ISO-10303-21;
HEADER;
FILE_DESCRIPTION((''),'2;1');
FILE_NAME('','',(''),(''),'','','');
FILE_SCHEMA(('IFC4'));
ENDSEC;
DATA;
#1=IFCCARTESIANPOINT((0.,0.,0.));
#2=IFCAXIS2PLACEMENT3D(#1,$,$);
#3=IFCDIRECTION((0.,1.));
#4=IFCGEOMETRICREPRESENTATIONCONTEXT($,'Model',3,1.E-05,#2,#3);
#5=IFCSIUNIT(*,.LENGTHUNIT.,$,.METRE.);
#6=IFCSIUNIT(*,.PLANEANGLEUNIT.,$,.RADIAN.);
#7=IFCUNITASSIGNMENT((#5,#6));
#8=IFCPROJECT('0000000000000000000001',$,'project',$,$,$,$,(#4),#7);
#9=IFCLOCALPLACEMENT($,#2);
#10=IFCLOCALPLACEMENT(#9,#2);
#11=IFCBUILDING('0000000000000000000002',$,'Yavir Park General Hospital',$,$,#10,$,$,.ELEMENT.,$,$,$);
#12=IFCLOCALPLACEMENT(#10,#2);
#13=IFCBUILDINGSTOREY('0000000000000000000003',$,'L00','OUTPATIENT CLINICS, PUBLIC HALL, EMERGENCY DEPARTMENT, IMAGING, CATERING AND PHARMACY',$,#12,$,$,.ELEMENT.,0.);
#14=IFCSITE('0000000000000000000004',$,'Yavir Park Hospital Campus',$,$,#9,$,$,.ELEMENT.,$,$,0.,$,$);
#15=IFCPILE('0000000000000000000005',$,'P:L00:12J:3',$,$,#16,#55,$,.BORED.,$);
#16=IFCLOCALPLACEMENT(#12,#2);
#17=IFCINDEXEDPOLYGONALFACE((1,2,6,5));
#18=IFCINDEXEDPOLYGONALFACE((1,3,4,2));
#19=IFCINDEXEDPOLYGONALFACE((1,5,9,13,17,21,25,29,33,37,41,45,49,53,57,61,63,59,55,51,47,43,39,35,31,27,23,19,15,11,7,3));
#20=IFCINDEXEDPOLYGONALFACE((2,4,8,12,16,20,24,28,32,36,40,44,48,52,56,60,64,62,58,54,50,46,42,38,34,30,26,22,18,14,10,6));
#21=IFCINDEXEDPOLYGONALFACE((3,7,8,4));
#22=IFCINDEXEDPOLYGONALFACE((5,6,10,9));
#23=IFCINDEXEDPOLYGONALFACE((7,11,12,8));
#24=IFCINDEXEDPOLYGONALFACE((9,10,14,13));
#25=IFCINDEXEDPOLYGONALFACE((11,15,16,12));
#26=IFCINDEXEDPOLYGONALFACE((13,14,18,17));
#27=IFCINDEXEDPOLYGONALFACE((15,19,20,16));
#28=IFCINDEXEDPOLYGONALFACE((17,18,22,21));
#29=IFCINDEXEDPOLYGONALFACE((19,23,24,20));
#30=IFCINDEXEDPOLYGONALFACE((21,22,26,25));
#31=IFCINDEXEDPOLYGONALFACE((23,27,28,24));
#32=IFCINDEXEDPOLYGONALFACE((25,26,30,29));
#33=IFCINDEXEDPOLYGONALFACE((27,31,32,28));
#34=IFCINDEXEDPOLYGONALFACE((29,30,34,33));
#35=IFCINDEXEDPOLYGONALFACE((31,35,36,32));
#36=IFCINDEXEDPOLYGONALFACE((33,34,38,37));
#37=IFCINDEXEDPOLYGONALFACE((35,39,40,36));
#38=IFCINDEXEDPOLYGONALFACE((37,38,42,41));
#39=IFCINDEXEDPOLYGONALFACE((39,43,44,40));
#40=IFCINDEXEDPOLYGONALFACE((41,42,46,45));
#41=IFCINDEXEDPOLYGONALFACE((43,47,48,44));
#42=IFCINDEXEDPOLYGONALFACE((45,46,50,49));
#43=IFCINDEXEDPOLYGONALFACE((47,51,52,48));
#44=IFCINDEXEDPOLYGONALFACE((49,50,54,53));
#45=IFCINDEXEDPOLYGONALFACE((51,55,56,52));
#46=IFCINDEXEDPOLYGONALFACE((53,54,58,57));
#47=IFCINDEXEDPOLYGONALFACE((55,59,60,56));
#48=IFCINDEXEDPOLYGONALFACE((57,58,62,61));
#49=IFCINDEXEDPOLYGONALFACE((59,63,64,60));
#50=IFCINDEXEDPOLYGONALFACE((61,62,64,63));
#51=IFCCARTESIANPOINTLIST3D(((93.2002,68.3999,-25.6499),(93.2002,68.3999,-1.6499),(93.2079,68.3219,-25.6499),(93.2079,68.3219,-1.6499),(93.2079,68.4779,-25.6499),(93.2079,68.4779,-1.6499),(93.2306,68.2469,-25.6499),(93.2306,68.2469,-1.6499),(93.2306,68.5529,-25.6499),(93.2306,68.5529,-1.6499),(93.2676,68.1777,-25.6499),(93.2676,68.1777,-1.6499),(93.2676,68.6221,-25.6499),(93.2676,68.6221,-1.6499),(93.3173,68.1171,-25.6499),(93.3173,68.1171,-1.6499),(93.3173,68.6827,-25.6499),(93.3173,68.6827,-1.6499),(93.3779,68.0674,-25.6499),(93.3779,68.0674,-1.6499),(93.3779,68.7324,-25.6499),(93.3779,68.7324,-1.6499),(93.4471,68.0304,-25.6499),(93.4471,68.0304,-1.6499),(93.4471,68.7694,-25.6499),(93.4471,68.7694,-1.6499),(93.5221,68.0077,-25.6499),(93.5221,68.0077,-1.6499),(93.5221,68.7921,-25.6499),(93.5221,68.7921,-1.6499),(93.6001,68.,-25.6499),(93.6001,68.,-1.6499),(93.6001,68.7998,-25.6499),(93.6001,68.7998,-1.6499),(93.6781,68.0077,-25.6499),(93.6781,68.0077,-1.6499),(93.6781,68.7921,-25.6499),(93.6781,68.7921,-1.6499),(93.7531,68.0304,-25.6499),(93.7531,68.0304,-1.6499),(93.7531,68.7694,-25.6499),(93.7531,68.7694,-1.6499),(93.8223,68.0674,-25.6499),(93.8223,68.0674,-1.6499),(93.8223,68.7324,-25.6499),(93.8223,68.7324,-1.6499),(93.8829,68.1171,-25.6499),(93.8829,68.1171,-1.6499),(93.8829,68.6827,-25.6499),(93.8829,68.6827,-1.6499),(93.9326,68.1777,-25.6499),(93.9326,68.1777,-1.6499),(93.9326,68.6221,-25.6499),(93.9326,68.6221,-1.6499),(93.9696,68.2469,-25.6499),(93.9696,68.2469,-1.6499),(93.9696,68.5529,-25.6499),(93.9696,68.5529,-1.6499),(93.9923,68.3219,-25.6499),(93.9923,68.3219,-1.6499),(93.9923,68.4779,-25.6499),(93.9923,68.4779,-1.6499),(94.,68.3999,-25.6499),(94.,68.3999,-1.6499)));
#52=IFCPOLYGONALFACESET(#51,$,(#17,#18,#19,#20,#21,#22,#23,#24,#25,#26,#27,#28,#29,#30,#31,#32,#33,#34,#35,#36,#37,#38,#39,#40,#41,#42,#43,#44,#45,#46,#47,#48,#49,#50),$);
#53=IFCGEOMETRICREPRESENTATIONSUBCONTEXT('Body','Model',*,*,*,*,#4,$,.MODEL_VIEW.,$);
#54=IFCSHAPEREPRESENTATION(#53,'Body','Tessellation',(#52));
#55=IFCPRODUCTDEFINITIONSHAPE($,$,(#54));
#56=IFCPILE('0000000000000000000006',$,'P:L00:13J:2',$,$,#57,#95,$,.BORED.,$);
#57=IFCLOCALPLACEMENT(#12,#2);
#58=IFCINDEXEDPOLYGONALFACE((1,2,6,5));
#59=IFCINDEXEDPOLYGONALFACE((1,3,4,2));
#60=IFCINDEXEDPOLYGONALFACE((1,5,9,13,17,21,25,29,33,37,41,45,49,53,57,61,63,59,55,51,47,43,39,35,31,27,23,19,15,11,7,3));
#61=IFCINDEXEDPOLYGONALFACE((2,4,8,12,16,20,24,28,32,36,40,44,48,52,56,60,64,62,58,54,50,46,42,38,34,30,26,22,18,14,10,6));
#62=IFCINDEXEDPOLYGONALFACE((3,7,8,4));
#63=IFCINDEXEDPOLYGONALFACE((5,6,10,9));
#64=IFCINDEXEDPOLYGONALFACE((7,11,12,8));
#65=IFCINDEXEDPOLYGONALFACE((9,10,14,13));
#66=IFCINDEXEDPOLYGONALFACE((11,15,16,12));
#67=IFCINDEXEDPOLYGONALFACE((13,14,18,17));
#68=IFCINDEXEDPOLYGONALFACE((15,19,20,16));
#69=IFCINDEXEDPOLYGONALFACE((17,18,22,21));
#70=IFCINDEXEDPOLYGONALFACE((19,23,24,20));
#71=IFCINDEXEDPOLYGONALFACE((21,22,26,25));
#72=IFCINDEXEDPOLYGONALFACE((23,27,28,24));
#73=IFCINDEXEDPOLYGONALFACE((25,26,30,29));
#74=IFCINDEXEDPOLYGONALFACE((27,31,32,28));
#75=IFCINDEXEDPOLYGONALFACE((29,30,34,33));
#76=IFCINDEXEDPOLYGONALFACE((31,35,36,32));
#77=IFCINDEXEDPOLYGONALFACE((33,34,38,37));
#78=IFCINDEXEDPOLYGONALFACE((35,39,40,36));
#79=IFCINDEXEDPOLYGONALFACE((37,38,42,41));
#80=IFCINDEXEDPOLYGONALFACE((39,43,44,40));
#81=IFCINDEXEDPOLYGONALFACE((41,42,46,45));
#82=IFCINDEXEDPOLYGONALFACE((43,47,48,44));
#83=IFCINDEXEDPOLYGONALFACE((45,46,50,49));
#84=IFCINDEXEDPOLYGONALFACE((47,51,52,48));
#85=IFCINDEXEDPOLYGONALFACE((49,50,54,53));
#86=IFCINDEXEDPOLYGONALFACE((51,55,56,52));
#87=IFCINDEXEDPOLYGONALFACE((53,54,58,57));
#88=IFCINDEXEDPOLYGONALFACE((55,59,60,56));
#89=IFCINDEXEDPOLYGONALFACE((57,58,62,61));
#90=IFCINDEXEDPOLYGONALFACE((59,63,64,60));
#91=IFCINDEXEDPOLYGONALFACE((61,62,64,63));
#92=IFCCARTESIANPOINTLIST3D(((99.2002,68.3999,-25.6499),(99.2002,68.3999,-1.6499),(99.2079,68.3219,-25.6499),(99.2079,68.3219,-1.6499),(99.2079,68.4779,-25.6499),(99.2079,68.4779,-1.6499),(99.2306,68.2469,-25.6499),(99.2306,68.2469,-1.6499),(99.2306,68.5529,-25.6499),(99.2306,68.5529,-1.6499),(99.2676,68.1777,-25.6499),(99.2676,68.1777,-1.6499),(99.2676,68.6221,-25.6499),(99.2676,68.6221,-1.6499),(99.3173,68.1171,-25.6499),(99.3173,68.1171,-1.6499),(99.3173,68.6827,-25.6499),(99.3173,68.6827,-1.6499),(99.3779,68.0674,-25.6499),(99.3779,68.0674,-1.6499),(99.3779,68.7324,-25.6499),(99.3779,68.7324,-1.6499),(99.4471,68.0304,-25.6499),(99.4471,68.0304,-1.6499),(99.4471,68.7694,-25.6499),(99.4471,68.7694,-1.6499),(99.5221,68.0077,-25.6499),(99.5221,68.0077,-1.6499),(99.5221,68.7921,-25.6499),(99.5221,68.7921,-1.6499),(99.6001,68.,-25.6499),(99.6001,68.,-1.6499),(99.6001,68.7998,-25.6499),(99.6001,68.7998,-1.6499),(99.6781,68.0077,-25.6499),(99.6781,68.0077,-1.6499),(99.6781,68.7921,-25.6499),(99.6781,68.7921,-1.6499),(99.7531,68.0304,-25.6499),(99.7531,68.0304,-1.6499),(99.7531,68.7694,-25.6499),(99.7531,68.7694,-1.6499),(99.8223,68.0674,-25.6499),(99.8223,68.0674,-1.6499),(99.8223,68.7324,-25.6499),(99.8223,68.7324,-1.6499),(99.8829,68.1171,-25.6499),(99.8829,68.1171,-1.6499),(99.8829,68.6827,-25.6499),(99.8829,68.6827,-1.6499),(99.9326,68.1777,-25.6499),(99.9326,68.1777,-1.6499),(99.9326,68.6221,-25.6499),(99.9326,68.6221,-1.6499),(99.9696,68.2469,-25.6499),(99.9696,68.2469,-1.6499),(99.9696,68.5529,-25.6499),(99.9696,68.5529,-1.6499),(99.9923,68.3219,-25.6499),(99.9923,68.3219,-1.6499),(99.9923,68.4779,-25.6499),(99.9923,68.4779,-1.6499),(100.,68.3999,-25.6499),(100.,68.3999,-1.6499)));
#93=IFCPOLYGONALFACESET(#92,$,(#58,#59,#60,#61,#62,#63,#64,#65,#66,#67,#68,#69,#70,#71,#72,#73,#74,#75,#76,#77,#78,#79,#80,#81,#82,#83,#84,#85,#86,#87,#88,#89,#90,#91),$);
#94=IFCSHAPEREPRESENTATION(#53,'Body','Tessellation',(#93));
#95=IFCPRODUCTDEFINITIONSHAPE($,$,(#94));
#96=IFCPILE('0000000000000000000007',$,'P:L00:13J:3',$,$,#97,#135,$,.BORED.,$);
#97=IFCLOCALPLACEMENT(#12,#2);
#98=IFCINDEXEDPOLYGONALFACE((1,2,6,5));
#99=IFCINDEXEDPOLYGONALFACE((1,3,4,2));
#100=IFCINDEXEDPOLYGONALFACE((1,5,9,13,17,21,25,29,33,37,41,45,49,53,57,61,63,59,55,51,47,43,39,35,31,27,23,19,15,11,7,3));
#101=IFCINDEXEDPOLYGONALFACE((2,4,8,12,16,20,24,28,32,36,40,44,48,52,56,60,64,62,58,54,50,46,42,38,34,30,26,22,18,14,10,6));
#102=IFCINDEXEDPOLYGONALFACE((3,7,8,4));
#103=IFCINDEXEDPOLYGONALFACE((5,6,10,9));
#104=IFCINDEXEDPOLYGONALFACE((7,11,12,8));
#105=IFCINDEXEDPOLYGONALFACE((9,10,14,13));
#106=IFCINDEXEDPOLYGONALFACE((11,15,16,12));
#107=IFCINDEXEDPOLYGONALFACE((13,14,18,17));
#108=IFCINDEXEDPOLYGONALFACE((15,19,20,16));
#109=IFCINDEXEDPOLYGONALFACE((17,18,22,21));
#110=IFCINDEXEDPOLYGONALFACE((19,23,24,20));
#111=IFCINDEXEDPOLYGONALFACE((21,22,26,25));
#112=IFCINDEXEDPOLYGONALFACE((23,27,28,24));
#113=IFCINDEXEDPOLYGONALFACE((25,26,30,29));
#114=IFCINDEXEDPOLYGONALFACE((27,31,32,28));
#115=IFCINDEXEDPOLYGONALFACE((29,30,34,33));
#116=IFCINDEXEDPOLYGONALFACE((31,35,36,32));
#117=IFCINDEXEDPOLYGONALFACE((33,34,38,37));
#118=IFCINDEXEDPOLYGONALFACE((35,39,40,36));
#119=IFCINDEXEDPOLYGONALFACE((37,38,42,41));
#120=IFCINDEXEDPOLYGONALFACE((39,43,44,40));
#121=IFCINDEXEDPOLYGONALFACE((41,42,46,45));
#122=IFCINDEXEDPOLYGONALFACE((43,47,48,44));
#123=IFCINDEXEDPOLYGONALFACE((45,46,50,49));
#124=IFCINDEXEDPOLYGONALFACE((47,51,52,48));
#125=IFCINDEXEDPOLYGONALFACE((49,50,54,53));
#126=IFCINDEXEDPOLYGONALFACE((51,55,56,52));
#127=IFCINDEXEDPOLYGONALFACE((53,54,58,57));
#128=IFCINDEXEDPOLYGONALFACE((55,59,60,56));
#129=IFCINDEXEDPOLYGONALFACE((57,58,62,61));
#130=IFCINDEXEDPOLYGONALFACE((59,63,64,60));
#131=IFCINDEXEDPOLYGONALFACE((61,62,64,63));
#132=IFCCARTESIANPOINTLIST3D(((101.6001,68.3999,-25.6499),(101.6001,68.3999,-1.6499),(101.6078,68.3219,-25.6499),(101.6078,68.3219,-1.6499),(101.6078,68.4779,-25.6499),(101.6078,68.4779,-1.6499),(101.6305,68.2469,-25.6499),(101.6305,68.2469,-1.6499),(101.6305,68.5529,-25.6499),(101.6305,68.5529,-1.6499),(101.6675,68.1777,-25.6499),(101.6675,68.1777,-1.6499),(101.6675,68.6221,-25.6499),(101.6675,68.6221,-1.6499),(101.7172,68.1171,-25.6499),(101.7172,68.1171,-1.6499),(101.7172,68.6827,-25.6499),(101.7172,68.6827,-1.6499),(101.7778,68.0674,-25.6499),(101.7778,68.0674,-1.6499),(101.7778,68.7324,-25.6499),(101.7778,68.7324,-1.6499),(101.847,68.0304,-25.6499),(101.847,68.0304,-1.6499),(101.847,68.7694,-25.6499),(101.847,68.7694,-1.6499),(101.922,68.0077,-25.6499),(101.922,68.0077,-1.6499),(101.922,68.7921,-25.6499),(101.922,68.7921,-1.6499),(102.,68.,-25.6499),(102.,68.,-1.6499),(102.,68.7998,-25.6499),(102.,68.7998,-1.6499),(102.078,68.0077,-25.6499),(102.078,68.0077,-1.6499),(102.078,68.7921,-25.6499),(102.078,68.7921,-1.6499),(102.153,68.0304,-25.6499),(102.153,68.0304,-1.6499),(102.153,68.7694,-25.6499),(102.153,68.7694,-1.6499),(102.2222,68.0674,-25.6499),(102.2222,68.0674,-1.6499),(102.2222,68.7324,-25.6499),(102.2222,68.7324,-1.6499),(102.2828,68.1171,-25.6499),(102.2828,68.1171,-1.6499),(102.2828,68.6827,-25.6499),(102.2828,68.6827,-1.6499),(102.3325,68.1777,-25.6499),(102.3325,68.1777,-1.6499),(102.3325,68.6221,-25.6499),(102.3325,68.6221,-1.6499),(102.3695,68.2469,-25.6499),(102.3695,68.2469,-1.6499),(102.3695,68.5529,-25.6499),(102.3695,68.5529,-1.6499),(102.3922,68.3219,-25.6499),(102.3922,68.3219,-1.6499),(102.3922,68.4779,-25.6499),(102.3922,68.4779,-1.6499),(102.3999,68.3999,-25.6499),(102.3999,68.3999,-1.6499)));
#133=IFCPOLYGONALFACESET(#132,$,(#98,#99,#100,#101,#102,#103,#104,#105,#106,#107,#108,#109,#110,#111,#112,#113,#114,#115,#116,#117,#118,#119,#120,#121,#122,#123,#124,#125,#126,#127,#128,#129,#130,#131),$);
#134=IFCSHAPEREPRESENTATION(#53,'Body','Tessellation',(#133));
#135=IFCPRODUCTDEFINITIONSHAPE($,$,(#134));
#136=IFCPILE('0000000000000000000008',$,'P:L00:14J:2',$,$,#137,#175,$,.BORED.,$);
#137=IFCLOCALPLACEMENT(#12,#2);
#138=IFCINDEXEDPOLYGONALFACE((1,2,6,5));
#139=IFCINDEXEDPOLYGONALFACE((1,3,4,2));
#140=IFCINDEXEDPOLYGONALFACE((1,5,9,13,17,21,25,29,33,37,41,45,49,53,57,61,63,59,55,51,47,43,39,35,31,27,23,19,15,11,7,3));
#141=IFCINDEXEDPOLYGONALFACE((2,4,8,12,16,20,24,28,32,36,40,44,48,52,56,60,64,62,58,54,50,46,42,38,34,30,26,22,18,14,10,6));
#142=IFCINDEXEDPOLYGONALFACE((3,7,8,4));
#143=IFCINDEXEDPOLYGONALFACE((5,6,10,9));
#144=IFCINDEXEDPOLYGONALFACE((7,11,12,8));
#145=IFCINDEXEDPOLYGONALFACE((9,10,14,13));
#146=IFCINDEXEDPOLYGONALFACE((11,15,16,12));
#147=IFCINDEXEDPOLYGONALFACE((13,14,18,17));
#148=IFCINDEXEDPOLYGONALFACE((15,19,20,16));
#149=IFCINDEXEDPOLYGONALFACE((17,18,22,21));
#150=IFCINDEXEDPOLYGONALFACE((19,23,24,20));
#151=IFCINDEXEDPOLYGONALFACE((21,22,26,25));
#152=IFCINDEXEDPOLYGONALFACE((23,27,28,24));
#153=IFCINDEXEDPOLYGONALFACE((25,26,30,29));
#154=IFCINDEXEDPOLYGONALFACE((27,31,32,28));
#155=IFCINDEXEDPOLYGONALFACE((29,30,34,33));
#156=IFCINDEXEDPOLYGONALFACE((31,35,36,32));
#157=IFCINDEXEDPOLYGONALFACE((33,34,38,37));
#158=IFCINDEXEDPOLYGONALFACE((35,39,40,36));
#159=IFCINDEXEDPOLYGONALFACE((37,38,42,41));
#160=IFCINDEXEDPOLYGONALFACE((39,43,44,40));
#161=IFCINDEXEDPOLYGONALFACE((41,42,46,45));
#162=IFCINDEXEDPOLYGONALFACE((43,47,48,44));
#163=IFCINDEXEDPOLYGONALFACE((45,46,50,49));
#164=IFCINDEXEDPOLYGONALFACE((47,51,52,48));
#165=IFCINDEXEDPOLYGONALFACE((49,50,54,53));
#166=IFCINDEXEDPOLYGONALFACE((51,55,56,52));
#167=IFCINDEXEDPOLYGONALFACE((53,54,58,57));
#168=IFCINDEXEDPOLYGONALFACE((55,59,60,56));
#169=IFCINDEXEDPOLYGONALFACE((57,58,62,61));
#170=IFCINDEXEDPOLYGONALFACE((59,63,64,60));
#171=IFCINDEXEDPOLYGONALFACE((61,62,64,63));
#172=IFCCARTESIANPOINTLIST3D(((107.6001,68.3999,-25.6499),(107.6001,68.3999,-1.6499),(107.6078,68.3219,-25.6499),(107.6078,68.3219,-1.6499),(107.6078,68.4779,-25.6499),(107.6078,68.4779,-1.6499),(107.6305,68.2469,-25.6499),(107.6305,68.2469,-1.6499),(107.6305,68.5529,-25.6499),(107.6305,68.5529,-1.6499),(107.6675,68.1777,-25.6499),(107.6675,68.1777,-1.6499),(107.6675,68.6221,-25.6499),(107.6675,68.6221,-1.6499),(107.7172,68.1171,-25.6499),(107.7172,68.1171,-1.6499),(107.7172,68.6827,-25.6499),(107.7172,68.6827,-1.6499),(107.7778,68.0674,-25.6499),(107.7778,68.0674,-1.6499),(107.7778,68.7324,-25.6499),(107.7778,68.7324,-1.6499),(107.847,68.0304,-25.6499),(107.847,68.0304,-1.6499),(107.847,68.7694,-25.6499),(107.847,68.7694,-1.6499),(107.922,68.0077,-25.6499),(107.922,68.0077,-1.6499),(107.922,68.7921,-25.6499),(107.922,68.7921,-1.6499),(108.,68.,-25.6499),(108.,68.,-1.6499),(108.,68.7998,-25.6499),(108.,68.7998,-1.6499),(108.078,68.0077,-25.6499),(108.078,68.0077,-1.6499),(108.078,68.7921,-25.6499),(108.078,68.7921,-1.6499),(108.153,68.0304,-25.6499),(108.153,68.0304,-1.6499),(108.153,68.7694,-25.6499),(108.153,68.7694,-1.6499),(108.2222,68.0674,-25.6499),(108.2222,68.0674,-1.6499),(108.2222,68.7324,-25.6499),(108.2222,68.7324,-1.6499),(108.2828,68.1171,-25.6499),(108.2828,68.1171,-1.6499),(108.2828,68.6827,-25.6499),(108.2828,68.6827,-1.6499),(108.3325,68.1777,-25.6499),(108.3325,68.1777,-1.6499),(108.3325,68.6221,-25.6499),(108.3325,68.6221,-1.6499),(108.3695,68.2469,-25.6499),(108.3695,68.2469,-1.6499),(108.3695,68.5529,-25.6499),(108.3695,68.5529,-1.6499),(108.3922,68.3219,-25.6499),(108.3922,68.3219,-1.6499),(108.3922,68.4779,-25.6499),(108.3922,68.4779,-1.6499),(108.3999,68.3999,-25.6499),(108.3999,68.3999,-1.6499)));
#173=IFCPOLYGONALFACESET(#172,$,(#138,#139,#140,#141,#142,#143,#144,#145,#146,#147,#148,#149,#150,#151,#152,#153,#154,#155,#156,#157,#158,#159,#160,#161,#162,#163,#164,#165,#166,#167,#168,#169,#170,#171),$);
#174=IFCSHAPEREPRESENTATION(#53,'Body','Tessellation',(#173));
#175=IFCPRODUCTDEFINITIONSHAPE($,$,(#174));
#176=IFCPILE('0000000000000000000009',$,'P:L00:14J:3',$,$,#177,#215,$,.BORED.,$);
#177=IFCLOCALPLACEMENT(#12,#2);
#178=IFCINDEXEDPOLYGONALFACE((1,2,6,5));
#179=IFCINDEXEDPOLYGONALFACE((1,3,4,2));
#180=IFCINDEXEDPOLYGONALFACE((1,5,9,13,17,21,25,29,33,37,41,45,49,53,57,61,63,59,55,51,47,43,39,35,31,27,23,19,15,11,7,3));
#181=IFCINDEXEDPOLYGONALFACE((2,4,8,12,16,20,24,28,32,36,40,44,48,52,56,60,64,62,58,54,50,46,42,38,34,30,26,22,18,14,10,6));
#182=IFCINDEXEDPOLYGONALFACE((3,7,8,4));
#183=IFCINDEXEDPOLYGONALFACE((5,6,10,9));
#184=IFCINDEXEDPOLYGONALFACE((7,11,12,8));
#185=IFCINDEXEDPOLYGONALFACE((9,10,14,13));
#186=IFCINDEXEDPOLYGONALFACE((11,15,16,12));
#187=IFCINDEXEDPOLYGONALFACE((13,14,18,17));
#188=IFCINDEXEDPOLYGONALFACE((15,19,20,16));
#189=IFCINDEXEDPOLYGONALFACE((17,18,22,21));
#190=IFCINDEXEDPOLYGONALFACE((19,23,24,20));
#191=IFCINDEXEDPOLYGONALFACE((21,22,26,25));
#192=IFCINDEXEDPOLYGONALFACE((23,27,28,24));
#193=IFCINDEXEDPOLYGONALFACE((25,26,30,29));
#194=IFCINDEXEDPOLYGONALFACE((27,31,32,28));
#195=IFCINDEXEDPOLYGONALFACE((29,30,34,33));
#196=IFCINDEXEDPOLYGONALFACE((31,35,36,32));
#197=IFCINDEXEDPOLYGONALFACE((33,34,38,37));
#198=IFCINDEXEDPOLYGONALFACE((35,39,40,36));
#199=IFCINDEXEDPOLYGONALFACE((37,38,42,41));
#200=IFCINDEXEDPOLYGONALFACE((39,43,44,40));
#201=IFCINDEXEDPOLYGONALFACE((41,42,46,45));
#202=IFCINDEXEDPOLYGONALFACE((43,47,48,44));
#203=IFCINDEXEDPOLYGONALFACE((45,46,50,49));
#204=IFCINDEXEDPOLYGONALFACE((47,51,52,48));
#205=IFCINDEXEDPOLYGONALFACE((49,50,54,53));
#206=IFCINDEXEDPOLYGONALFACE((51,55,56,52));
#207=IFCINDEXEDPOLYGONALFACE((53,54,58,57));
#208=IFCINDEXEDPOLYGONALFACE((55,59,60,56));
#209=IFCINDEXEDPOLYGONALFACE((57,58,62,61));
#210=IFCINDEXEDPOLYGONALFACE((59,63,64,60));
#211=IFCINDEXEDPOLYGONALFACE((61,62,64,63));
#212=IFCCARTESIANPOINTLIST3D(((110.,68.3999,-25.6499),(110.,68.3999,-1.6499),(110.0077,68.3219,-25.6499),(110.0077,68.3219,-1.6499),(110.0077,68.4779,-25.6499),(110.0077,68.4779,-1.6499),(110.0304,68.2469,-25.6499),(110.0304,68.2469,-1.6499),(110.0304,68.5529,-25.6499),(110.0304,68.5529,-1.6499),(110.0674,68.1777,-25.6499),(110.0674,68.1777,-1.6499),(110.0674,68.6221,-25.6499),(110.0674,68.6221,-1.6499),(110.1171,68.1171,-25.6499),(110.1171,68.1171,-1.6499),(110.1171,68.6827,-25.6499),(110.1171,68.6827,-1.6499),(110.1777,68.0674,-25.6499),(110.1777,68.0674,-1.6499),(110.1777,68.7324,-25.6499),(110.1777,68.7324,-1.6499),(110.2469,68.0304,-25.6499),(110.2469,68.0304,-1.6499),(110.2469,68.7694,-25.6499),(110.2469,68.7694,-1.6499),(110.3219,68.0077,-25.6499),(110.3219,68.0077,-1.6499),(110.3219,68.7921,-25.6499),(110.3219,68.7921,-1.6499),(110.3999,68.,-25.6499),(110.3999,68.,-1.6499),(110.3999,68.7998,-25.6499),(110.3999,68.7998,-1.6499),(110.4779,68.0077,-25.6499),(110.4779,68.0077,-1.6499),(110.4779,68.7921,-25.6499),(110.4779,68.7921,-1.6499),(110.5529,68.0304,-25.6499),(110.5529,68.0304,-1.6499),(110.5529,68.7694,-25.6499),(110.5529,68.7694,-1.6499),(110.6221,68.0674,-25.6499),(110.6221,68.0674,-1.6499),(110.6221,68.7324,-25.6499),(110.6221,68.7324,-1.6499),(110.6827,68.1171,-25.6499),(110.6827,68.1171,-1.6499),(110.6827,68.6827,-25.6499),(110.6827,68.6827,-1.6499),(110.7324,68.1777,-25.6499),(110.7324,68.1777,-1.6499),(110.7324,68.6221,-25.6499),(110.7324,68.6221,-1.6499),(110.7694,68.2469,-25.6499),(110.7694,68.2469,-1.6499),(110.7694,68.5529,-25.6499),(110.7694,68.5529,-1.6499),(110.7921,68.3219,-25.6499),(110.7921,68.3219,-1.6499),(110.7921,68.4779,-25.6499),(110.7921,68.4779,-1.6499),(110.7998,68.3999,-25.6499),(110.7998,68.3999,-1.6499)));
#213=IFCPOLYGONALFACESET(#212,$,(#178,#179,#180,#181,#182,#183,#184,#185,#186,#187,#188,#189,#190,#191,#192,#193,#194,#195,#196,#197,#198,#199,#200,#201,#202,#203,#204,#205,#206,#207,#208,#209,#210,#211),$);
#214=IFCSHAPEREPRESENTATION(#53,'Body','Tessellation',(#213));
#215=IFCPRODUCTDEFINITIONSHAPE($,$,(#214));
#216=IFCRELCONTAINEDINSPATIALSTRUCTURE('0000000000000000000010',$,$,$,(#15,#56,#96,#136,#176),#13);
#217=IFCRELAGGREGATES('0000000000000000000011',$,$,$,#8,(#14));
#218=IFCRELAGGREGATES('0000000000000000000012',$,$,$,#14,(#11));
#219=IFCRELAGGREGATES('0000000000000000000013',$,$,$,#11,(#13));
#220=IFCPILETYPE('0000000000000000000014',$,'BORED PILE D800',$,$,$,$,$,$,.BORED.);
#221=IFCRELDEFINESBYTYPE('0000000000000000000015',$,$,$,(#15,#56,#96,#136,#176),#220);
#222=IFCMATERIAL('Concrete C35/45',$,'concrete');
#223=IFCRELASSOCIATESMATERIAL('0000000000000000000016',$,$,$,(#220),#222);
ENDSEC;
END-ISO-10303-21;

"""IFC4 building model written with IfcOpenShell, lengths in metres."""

from ifc_helpers import new_model, si_unit, direction, frame, origin, origin_2d, place, context, subcontext, project, spatial, circle, extrude, material, material_profile, profile_set, type_object, element, save


model = new_model("IFC4")

# Units and contexts
model_context = context("Model", 3, precision=1e-05, world=origin(), true_north=direction((0.0, 1.0)))
body_context = subcontext(model_context, "Body", "Model", "MODEL_VIEW")
ifc_project = project(units=[si_unit("LENGTHUNIT", "METRE"), si_unit("PLANEANGLEUNIT", "RADIAN")], contexts=[model_context])

# Site, building, storey
site_placement = place(None, origin())
site = spatial("IfcSite", under=ifc_project, at=site_placement, Name="Yavir Park Hospital Campus", CompositionType="ELEMENT", RefElevation=0.0)
building_placement = place(site_placement, origin())
building = spatial("IfcBuilding", under=site, at=building_placement, Name="Yavir Park General Hospital", CompositionType="ELEMENT")
storey_placement = place(building_placement, origin())
storey = spatial("IfcBuildingStorey", under=building, at=storey_placement, Name="L00", Description="OUTPATIENT CLINICS, PUBLIC HALL, EMERGENCY DEPARTMENT, IMAGING, CATERING AND PHARMACY", CompositionType="ELEMENT", Elevation=0.0)

# Piles
ifc_material_1 = material(Name="Concrete C35/45", Category="concrete")
ifc_material_profile_1 = material_profile(ifc_material_1, circle(Radius=0.3999, at=origin_2d()), Name="D800")
ifc_profile_set_1 = profile_set([ifc_material_profile_1], Name="Concrete C35/45")
pile_type = type_object("IfcPileType", Name="BORED PILE D800", PredefinedType="BORED", material=ifc_profile_set_1)
for number, where, z_axis, x_axis, name in (
    (1, (93.6001, 68.3999, -1.6499), (0.0, 0.0, -1.0), (1.0, 0.0, 0.0), "P:L00:12J:3"),
    (2, (99.6001, 68.3999, -1.6499), (0.0, 0.0, -1.0), (1.0, 0.0, 0.0), "P:L00:13J:2"),
    (3, (102.0, 68.3999, -1.6499), (0.0, 0.0, -1.0), (1.0, 0.0, 0.0), "P:L00:13J:3"),
    (4, (108.0, 68.3999, -1.6499), (0.0, 0.0, -1.0), (1.0, 0.0, 0.0), "P:L00:14J:2"),
    (5, (110.3999, 68.3999, -1.6499), (0.0, 0.0, -1.0), (1.0, 0.0, 0.0), "P:L00:14J:3"),
):
    element("IfcPile", number, at=place(storey_placement, frame(where, z_axis=z_axis, x_axis=x_axis)), inside=storey, type_object=pile_type, Name=name, PredefinedType="BORED", context=body_context, shape_type="SweptSolid", body=[
        extrude(circle(Radius=0.3999, at=origin_2d()), origin(), (0.0, 0.0, 1.0), 24.0),
    ])

save(model, "model.ifc")
